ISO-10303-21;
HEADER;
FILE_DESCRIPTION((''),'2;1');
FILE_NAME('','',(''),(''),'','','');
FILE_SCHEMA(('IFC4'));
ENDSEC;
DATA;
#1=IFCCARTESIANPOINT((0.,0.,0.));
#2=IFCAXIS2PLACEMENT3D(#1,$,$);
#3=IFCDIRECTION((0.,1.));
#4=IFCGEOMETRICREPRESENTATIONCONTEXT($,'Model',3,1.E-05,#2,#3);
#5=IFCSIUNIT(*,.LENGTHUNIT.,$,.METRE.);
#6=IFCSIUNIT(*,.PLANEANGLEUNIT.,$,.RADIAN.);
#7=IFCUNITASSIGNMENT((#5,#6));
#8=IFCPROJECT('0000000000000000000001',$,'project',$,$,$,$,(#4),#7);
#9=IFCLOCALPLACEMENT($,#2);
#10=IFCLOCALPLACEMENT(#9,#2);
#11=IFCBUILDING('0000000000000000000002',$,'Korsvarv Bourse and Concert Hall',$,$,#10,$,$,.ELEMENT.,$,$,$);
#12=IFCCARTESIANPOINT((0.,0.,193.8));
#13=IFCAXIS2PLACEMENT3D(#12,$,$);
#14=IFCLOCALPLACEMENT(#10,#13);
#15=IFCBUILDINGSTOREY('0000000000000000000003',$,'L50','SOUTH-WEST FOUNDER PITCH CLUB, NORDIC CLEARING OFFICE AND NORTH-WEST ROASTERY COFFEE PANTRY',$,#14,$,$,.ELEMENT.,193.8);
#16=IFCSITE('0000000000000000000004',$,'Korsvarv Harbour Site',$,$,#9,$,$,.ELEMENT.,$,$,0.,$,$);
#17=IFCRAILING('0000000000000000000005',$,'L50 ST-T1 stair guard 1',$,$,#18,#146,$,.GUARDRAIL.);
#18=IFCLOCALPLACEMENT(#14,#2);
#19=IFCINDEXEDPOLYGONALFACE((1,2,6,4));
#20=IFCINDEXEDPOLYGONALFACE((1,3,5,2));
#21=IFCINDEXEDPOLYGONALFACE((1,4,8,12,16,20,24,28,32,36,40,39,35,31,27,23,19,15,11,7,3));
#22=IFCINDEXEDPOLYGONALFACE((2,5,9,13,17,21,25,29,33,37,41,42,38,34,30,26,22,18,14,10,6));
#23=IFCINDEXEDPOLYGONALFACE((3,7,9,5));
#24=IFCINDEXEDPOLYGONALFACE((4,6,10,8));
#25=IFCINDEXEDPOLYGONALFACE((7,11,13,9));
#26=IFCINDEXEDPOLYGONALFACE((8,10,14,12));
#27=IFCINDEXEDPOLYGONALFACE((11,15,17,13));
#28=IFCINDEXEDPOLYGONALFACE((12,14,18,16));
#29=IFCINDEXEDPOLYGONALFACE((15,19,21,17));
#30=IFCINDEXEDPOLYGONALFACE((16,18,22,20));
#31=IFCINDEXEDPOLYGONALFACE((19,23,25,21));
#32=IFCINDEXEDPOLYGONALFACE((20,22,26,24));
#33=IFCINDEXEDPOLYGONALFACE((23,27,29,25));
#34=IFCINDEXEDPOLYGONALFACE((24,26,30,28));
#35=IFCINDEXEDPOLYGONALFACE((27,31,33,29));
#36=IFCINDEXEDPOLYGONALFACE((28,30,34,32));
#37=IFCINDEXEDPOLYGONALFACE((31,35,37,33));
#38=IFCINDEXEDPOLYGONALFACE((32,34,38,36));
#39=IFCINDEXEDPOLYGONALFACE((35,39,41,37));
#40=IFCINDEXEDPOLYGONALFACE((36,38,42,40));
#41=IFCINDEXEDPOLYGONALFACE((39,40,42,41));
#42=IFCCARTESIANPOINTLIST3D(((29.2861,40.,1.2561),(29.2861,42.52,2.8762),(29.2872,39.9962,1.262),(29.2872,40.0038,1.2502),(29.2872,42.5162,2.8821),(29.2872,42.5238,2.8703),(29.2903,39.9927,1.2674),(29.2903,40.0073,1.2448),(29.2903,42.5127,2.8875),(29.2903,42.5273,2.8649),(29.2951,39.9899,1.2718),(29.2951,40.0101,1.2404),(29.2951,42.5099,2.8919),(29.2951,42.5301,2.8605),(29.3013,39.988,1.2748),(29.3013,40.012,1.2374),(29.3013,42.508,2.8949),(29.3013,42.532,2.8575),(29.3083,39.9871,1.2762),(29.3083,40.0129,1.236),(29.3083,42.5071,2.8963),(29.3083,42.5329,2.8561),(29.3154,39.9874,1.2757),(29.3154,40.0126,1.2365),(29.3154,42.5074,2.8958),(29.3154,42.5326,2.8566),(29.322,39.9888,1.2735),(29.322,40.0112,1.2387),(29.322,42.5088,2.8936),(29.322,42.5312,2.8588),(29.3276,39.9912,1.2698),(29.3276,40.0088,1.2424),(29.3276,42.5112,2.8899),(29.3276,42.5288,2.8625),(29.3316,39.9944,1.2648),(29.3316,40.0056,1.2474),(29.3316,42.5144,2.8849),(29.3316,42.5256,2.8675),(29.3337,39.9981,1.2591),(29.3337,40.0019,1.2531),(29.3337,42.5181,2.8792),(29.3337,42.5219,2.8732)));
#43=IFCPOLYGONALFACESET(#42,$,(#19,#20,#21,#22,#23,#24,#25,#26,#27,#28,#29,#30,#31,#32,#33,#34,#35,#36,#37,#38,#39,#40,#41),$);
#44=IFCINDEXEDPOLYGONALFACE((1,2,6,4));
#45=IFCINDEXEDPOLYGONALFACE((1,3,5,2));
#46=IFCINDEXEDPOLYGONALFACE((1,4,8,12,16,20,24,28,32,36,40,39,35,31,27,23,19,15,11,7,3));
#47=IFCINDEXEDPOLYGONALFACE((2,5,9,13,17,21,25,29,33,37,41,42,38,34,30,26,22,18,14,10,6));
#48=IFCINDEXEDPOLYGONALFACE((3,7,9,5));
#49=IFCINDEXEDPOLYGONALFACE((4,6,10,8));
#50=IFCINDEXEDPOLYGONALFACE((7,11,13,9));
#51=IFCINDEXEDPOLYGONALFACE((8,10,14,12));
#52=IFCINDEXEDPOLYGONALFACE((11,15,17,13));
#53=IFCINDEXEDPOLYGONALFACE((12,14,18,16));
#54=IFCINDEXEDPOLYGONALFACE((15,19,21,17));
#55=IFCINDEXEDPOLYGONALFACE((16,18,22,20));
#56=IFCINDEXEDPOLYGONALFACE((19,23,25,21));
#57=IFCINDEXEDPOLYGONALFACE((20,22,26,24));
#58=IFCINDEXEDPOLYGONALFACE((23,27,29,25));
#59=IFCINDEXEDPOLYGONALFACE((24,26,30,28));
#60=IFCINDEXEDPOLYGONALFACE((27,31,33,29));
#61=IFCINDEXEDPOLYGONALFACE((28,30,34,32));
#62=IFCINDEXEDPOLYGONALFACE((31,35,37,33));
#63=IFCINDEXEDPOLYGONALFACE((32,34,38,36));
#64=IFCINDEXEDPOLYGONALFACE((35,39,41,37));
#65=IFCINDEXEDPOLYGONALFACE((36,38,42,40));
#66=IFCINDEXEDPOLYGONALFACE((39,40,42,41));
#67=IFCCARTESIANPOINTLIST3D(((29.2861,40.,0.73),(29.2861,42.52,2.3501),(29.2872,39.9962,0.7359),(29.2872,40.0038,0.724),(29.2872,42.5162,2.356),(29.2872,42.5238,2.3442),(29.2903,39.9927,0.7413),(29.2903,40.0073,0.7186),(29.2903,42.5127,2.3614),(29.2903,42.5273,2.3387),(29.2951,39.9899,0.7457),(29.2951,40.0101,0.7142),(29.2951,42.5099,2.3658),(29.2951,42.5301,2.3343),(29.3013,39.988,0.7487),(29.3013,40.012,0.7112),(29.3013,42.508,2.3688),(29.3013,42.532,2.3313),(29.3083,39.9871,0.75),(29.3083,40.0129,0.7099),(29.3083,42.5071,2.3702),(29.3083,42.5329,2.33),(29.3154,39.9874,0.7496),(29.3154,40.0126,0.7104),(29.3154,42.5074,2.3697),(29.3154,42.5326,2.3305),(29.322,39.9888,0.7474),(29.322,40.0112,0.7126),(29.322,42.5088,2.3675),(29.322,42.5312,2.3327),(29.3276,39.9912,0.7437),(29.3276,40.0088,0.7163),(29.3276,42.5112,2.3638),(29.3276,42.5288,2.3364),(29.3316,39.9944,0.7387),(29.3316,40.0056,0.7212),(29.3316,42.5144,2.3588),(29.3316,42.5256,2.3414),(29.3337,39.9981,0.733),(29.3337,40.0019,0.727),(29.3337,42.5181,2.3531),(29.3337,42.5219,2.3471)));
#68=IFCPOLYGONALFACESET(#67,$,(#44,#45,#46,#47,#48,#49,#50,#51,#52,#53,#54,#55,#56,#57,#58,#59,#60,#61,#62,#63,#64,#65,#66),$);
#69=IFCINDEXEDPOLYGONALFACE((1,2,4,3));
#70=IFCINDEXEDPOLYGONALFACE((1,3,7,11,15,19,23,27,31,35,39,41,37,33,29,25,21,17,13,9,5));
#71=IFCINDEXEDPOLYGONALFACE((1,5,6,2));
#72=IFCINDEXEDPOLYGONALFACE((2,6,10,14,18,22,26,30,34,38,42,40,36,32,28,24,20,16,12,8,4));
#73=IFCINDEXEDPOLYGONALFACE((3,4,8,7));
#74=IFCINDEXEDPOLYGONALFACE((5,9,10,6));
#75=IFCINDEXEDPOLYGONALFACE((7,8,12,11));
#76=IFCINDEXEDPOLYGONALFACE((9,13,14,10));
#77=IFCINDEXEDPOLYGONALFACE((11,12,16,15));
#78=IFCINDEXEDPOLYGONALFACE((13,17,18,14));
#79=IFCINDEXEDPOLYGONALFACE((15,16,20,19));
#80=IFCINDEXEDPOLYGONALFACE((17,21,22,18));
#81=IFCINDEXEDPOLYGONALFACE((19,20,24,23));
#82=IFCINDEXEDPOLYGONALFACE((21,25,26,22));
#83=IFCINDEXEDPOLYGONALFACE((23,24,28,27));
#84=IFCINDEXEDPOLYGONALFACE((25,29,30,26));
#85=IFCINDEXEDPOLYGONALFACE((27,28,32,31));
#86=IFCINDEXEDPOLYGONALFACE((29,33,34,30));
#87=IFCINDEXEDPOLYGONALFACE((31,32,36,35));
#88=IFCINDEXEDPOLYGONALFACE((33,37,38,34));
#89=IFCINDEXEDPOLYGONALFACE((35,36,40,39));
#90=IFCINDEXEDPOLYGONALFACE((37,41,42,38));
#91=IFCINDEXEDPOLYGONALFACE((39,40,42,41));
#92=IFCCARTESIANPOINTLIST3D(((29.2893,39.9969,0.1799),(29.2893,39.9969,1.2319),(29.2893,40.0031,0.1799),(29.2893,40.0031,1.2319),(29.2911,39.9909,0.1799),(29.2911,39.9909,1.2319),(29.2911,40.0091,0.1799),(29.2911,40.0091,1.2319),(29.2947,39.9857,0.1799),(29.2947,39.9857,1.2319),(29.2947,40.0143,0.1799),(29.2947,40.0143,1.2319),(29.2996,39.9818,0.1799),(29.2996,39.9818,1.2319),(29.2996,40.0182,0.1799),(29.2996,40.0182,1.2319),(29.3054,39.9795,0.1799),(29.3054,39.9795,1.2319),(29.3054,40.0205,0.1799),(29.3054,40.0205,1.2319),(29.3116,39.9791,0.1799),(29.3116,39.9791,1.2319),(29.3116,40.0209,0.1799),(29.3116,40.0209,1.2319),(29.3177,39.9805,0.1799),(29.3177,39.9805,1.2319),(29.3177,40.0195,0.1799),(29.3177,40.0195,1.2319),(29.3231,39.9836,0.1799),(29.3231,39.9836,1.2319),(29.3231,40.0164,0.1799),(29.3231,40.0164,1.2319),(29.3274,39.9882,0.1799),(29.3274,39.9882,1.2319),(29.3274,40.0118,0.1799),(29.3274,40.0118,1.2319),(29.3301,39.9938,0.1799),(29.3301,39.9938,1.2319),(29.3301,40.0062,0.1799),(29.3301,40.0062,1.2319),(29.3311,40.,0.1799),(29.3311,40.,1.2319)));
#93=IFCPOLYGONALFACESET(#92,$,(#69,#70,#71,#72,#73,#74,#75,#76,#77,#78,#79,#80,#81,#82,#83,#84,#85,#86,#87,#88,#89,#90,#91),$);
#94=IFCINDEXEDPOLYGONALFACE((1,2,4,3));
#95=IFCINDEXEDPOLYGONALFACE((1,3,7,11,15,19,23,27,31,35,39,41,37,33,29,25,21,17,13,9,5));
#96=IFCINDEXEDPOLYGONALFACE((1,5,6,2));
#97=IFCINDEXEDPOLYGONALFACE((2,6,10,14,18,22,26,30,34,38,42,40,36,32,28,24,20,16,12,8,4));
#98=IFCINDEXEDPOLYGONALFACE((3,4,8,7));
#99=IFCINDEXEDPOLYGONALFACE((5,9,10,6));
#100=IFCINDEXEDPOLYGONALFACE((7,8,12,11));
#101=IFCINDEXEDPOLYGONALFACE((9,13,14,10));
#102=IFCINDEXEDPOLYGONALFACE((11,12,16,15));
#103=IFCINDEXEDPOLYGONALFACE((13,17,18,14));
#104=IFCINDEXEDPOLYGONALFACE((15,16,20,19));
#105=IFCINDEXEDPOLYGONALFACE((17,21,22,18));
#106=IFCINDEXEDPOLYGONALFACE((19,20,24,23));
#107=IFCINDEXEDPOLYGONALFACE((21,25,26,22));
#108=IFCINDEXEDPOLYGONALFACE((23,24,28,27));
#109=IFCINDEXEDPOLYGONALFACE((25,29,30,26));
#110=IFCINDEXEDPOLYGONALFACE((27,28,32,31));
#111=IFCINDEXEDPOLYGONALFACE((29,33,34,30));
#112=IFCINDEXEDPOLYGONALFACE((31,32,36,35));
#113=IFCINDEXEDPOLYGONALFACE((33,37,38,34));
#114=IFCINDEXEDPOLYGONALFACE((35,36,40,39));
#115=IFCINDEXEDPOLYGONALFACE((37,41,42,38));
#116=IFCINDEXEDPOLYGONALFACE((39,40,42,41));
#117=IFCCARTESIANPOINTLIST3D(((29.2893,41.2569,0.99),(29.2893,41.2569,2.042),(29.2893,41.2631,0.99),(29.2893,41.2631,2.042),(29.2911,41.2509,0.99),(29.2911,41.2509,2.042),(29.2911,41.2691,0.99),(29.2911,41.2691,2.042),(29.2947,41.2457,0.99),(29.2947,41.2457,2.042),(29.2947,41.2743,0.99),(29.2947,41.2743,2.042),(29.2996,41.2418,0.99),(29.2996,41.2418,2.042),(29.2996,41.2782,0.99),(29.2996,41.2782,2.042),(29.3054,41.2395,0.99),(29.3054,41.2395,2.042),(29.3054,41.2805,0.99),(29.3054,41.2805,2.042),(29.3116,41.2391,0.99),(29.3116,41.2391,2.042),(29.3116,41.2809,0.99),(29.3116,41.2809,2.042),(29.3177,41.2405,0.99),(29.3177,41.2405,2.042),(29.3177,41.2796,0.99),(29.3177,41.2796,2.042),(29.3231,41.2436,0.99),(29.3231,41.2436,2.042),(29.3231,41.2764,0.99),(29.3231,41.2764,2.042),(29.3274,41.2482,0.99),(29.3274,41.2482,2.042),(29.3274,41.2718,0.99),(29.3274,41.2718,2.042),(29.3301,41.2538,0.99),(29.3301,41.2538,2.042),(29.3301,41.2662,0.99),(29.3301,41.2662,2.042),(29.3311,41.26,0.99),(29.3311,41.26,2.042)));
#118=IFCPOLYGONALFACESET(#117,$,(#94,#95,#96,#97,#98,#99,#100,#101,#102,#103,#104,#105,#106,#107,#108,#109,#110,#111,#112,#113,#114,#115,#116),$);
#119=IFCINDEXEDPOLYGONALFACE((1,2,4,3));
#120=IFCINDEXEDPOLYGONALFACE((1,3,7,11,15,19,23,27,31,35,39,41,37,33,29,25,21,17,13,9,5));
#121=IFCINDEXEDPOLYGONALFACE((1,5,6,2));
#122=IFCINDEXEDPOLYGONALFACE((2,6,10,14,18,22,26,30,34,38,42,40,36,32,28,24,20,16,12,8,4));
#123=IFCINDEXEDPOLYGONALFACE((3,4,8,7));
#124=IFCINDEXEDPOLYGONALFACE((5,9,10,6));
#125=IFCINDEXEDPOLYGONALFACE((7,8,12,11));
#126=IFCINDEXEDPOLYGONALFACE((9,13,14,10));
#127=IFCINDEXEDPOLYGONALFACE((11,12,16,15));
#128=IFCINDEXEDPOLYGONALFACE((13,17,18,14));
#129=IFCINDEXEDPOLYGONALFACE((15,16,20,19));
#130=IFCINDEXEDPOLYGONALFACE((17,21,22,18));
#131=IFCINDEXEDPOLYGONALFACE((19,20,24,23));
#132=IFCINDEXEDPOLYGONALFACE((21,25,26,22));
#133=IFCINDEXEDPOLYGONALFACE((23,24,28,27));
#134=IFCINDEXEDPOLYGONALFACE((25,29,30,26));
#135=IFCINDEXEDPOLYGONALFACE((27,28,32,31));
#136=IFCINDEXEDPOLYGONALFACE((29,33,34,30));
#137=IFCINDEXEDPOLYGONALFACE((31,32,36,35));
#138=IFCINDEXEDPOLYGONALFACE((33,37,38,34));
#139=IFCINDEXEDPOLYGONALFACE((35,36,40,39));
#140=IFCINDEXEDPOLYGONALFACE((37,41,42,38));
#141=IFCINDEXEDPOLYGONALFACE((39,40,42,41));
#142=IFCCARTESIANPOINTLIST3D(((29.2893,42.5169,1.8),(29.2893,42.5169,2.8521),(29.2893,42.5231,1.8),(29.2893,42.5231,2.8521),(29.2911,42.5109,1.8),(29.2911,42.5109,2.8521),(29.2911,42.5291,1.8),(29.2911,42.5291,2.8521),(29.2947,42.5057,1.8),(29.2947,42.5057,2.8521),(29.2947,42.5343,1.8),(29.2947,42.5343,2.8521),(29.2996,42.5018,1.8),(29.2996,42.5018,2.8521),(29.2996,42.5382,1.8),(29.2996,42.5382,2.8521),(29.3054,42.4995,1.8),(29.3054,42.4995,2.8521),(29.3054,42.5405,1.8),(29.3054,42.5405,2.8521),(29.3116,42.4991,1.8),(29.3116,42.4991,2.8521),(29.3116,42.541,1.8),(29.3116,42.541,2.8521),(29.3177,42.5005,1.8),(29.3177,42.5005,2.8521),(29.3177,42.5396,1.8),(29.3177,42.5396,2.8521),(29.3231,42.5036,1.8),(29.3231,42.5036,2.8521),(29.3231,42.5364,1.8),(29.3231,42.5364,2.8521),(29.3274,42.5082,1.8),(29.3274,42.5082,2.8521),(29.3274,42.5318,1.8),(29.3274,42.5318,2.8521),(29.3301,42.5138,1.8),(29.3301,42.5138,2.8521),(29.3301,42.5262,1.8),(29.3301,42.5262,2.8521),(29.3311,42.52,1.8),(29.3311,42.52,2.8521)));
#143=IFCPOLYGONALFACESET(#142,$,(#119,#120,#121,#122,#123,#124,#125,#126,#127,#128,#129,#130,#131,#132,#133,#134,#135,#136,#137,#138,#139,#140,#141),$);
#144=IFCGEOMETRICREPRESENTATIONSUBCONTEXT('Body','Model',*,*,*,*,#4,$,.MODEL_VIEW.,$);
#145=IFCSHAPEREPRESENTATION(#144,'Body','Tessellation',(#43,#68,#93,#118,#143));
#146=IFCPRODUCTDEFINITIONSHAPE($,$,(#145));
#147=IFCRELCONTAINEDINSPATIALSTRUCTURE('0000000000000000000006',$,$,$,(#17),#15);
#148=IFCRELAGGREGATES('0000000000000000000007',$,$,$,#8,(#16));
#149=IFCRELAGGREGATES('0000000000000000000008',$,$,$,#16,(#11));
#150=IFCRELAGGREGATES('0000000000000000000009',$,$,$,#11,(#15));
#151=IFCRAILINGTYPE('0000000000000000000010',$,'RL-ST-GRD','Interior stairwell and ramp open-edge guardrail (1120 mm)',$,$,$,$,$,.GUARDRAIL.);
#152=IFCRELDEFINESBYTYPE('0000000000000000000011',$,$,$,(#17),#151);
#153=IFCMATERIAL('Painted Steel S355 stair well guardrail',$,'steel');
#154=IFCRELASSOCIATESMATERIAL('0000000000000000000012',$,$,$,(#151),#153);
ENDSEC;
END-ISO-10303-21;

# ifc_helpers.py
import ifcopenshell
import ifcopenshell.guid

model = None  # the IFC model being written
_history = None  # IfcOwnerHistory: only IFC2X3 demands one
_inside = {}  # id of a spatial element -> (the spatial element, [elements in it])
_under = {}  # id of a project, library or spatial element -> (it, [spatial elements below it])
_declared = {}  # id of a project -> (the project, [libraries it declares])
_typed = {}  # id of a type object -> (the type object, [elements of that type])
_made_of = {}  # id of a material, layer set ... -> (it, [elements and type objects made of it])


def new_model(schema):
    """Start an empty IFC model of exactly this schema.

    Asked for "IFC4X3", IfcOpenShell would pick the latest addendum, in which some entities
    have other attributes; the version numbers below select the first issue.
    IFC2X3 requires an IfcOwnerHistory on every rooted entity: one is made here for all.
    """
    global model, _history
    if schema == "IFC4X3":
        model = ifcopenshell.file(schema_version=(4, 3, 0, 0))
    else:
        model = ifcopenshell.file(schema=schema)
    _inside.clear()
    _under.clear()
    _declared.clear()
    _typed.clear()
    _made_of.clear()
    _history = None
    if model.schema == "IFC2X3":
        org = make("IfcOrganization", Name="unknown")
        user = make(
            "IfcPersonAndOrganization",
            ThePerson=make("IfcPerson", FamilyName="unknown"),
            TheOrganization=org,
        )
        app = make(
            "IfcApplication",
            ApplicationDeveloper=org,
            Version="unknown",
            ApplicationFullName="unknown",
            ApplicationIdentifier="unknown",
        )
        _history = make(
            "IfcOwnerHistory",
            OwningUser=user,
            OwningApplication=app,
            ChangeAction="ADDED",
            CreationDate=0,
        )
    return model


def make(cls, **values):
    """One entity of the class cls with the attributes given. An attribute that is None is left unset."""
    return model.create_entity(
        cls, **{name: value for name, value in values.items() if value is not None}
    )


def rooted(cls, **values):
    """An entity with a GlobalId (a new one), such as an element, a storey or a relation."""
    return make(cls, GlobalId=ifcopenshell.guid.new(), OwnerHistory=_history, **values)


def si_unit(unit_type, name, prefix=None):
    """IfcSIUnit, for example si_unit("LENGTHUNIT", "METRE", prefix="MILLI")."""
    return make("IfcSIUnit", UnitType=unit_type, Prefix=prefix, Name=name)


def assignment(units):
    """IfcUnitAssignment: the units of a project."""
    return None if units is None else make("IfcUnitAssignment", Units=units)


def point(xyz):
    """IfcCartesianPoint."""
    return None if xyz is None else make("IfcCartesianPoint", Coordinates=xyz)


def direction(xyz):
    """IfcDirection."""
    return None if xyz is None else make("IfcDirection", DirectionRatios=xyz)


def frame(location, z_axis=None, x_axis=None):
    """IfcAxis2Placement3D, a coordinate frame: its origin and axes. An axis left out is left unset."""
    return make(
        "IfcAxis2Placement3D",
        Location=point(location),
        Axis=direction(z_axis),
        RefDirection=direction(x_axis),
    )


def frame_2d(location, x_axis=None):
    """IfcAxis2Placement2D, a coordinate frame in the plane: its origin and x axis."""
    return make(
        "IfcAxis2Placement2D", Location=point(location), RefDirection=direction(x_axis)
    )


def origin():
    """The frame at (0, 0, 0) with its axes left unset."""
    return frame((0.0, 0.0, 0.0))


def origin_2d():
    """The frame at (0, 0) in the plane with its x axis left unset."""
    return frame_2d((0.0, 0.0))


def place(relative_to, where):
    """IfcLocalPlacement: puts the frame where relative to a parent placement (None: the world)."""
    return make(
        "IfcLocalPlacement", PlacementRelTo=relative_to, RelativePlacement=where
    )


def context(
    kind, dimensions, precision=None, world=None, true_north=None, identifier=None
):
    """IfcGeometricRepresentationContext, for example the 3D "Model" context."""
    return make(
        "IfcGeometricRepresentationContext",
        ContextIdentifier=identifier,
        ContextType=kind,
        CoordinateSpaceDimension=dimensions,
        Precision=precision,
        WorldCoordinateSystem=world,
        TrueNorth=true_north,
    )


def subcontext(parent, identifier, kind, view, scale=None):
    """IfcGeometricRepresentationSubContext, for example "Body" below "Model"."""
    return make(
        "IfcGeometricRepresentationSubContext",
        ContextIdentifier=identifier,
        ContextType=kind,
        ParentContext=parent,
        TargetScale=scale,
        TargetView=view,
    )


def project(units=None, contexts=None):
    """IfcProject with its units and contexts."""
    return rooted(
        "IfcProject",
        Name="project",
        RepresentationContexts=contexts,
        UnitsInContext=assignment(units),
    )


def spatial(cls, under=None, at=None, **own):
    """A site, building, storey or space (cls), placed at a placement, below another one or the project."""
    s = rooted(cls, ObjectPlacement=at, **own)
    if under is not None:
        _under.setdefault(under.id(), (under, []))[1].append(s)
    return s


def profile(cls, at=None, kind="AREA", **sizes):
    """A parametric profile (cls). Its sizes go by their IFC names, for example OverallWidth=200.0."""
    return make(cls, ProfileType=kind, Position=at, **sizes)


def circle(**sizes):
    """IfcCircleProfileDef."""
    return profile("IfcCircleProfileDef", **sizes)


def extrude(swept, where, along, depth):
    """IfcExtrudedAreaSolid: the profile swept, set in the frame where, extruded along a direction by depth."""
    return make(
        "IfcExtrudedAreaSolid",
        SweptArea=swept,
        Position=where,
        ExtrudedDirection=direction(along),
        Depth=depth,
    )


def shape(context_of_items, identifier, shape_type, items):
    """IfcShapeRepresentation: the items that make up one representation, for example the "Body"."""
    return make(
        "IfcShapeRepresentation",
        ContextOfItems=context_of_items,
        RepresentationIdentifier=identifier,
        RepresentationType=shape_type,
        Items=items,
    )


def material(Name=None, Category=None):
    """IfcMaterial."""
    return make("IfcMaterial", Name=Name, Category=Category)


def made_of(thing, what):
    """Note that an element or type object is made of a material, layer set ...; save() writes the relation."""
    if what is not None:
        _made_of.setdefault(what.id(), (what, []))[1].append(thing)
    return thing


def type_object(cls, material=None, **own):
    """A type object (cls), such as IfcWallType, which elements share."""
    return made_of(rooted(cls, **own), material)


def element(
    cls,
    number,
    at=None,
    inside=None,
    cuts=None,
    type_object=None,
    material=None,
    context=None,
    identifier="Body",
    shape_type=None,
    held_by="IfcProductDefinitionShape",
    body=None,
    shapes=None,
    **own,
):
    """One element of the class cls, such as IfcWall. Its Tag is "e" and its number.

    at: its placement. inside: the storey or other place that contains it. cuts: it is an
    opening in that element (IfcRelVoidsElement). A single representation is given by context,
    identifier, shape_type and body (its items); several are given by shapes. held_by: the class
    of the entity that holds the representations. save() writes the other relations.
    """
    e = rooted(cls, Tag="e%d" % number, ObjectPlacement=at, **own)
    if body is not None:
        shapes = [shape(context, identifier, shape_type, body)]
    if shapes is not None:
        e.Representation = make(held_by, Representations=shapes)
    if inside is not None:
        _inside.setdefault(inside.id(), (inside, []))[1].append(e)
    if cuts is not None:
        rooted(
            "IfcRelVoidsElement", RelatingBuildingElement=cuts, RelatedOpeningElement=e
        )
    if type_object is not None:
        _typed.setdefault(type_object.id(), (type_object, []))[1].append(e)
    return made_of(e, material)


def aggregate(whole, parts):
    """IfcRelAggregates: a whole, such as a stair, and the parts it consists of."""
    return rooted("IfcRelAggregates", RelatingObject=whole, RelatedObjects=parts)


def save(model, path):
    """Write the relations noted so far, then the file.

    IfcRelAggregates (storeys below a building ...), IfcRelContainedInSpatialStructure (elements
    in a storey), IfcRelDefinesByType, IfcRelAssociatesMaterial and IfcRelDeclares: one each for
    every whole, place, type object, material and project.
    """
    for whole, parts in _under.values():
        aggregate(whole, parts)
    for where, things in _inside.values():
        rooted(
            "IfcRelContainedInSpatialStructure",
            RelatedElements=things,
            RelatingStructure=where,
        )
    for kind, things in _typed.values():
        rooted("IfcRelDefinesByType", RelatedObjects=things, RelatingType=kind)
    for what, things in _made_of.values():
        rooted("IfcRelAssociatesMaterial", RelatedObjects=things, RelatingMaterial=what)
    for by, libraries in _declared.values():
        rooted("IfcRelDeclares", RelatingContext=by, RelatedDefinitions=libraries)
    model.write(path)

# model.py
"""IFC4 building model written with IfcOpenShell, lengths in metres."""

from ifc_helpers import new_model, si_unit, direction, frame, origin, origin_2d, place, context, subcontext, project, spatial, circle, extrude, material, type_object, element, save


model = new_model("IFC4")

# Units and contexts
model_context = context("Model", 3, precision=1e-05, world=origin(), true_north=direction((0.0, 1.0)))
body_context = subcontext(model_context, "Body", "Model", "MODEL_VIEW")
ifc_project = project(units=[si_unit("LENGTHUNIT", "METRE"), si_unit("PLANEANGLEUNIT", "RADIAN")], contexts=[model_context])

# Site, building, storey
site_placement = place(None, origin())
site = spatial("IfcSite", under=ifc_project, at=site_placement, Name="Korsvarv Harbour Site", CompositionType="ELEMENT", RefElevation=0.0)
building_placement = place(site_placement, origin())
building = spatial("IfcBuilding", under=site, at=building_placement, Name="Korsvarv Bourse and Concert Hall", CompositionType="ELEMENT")
storey_placement = place(building_placement, frame((0.0, 0.0, 193.8)))
storey = spatial("IfcBuildingStorey", under=building, at=storey_placement, Name="L50", Description="SOUTH-WEST FOUNDER PITCH CLUB, NORDIC CLEARING OFFICE AND NORTH-WEST ROASTERY COFFEE PANTRY", CompositionType="ELEMENT", Elevation=193.8)

# Railing
ifc_material_1 = material(Name="Painted Steel S355 stair well guardrail", Category="steel")
railing_type_1 = type_object("IfcRailingType", Name="RL-ST-GRD", Description="Interior stairwell and ramp open-edge guardrail (1120 mm)", PredefinedType="GUARDRAIL", material=ifc_material_1)
railing_1_placement = place(storey_placement, frame((29.3101, 40.0, 0.1799)))
element("IfcRailing", 1, at=railing_1_placement, inside=storey, type_object=railing_type_1, Name="L50 ST-T1 stair guard 1", PredefinedType="GUARDRAIL", context=body_context, shape_type="SweptSolid", body=[
    extrude(circle(Radius=0.0239, at=origin_2d()), frame((0.0, 0.0, 1.0762), z_axis=(0.0, 0.841163, 0.540782), x_axis=(-1.0, 0.0, 0.0)), (0.0, 0.0, 1.0), 2.9958),
    extrude(circle(Radius=0.0239, at=origin_2d()), frame((0.0, 0.0, 0.55), z_axis=(0.0, 0.841163, 0.540782), x_axis=(-1.0, 0.0, 0.0)), (0.0, 0.0, 1.0), 2.9958),
    extrude(circle(Radius=0.021, at=origin_2d()), origin(), (0.0, 0.0, 1.0), 1.052),
    extrude(circle(Radius=0.021, at=origin_2d()), frame((0.0, 1.26, 0.8101)), (0.0, 0.0, 1.0), 1.052),
    extrude(circle(Radius=0.021, at=origin_2d()), frame((0.0, 2.52, 1.6201)), (0.0, 0.0, 1.0), 1.052),
])

save(model, "model.ifc")
